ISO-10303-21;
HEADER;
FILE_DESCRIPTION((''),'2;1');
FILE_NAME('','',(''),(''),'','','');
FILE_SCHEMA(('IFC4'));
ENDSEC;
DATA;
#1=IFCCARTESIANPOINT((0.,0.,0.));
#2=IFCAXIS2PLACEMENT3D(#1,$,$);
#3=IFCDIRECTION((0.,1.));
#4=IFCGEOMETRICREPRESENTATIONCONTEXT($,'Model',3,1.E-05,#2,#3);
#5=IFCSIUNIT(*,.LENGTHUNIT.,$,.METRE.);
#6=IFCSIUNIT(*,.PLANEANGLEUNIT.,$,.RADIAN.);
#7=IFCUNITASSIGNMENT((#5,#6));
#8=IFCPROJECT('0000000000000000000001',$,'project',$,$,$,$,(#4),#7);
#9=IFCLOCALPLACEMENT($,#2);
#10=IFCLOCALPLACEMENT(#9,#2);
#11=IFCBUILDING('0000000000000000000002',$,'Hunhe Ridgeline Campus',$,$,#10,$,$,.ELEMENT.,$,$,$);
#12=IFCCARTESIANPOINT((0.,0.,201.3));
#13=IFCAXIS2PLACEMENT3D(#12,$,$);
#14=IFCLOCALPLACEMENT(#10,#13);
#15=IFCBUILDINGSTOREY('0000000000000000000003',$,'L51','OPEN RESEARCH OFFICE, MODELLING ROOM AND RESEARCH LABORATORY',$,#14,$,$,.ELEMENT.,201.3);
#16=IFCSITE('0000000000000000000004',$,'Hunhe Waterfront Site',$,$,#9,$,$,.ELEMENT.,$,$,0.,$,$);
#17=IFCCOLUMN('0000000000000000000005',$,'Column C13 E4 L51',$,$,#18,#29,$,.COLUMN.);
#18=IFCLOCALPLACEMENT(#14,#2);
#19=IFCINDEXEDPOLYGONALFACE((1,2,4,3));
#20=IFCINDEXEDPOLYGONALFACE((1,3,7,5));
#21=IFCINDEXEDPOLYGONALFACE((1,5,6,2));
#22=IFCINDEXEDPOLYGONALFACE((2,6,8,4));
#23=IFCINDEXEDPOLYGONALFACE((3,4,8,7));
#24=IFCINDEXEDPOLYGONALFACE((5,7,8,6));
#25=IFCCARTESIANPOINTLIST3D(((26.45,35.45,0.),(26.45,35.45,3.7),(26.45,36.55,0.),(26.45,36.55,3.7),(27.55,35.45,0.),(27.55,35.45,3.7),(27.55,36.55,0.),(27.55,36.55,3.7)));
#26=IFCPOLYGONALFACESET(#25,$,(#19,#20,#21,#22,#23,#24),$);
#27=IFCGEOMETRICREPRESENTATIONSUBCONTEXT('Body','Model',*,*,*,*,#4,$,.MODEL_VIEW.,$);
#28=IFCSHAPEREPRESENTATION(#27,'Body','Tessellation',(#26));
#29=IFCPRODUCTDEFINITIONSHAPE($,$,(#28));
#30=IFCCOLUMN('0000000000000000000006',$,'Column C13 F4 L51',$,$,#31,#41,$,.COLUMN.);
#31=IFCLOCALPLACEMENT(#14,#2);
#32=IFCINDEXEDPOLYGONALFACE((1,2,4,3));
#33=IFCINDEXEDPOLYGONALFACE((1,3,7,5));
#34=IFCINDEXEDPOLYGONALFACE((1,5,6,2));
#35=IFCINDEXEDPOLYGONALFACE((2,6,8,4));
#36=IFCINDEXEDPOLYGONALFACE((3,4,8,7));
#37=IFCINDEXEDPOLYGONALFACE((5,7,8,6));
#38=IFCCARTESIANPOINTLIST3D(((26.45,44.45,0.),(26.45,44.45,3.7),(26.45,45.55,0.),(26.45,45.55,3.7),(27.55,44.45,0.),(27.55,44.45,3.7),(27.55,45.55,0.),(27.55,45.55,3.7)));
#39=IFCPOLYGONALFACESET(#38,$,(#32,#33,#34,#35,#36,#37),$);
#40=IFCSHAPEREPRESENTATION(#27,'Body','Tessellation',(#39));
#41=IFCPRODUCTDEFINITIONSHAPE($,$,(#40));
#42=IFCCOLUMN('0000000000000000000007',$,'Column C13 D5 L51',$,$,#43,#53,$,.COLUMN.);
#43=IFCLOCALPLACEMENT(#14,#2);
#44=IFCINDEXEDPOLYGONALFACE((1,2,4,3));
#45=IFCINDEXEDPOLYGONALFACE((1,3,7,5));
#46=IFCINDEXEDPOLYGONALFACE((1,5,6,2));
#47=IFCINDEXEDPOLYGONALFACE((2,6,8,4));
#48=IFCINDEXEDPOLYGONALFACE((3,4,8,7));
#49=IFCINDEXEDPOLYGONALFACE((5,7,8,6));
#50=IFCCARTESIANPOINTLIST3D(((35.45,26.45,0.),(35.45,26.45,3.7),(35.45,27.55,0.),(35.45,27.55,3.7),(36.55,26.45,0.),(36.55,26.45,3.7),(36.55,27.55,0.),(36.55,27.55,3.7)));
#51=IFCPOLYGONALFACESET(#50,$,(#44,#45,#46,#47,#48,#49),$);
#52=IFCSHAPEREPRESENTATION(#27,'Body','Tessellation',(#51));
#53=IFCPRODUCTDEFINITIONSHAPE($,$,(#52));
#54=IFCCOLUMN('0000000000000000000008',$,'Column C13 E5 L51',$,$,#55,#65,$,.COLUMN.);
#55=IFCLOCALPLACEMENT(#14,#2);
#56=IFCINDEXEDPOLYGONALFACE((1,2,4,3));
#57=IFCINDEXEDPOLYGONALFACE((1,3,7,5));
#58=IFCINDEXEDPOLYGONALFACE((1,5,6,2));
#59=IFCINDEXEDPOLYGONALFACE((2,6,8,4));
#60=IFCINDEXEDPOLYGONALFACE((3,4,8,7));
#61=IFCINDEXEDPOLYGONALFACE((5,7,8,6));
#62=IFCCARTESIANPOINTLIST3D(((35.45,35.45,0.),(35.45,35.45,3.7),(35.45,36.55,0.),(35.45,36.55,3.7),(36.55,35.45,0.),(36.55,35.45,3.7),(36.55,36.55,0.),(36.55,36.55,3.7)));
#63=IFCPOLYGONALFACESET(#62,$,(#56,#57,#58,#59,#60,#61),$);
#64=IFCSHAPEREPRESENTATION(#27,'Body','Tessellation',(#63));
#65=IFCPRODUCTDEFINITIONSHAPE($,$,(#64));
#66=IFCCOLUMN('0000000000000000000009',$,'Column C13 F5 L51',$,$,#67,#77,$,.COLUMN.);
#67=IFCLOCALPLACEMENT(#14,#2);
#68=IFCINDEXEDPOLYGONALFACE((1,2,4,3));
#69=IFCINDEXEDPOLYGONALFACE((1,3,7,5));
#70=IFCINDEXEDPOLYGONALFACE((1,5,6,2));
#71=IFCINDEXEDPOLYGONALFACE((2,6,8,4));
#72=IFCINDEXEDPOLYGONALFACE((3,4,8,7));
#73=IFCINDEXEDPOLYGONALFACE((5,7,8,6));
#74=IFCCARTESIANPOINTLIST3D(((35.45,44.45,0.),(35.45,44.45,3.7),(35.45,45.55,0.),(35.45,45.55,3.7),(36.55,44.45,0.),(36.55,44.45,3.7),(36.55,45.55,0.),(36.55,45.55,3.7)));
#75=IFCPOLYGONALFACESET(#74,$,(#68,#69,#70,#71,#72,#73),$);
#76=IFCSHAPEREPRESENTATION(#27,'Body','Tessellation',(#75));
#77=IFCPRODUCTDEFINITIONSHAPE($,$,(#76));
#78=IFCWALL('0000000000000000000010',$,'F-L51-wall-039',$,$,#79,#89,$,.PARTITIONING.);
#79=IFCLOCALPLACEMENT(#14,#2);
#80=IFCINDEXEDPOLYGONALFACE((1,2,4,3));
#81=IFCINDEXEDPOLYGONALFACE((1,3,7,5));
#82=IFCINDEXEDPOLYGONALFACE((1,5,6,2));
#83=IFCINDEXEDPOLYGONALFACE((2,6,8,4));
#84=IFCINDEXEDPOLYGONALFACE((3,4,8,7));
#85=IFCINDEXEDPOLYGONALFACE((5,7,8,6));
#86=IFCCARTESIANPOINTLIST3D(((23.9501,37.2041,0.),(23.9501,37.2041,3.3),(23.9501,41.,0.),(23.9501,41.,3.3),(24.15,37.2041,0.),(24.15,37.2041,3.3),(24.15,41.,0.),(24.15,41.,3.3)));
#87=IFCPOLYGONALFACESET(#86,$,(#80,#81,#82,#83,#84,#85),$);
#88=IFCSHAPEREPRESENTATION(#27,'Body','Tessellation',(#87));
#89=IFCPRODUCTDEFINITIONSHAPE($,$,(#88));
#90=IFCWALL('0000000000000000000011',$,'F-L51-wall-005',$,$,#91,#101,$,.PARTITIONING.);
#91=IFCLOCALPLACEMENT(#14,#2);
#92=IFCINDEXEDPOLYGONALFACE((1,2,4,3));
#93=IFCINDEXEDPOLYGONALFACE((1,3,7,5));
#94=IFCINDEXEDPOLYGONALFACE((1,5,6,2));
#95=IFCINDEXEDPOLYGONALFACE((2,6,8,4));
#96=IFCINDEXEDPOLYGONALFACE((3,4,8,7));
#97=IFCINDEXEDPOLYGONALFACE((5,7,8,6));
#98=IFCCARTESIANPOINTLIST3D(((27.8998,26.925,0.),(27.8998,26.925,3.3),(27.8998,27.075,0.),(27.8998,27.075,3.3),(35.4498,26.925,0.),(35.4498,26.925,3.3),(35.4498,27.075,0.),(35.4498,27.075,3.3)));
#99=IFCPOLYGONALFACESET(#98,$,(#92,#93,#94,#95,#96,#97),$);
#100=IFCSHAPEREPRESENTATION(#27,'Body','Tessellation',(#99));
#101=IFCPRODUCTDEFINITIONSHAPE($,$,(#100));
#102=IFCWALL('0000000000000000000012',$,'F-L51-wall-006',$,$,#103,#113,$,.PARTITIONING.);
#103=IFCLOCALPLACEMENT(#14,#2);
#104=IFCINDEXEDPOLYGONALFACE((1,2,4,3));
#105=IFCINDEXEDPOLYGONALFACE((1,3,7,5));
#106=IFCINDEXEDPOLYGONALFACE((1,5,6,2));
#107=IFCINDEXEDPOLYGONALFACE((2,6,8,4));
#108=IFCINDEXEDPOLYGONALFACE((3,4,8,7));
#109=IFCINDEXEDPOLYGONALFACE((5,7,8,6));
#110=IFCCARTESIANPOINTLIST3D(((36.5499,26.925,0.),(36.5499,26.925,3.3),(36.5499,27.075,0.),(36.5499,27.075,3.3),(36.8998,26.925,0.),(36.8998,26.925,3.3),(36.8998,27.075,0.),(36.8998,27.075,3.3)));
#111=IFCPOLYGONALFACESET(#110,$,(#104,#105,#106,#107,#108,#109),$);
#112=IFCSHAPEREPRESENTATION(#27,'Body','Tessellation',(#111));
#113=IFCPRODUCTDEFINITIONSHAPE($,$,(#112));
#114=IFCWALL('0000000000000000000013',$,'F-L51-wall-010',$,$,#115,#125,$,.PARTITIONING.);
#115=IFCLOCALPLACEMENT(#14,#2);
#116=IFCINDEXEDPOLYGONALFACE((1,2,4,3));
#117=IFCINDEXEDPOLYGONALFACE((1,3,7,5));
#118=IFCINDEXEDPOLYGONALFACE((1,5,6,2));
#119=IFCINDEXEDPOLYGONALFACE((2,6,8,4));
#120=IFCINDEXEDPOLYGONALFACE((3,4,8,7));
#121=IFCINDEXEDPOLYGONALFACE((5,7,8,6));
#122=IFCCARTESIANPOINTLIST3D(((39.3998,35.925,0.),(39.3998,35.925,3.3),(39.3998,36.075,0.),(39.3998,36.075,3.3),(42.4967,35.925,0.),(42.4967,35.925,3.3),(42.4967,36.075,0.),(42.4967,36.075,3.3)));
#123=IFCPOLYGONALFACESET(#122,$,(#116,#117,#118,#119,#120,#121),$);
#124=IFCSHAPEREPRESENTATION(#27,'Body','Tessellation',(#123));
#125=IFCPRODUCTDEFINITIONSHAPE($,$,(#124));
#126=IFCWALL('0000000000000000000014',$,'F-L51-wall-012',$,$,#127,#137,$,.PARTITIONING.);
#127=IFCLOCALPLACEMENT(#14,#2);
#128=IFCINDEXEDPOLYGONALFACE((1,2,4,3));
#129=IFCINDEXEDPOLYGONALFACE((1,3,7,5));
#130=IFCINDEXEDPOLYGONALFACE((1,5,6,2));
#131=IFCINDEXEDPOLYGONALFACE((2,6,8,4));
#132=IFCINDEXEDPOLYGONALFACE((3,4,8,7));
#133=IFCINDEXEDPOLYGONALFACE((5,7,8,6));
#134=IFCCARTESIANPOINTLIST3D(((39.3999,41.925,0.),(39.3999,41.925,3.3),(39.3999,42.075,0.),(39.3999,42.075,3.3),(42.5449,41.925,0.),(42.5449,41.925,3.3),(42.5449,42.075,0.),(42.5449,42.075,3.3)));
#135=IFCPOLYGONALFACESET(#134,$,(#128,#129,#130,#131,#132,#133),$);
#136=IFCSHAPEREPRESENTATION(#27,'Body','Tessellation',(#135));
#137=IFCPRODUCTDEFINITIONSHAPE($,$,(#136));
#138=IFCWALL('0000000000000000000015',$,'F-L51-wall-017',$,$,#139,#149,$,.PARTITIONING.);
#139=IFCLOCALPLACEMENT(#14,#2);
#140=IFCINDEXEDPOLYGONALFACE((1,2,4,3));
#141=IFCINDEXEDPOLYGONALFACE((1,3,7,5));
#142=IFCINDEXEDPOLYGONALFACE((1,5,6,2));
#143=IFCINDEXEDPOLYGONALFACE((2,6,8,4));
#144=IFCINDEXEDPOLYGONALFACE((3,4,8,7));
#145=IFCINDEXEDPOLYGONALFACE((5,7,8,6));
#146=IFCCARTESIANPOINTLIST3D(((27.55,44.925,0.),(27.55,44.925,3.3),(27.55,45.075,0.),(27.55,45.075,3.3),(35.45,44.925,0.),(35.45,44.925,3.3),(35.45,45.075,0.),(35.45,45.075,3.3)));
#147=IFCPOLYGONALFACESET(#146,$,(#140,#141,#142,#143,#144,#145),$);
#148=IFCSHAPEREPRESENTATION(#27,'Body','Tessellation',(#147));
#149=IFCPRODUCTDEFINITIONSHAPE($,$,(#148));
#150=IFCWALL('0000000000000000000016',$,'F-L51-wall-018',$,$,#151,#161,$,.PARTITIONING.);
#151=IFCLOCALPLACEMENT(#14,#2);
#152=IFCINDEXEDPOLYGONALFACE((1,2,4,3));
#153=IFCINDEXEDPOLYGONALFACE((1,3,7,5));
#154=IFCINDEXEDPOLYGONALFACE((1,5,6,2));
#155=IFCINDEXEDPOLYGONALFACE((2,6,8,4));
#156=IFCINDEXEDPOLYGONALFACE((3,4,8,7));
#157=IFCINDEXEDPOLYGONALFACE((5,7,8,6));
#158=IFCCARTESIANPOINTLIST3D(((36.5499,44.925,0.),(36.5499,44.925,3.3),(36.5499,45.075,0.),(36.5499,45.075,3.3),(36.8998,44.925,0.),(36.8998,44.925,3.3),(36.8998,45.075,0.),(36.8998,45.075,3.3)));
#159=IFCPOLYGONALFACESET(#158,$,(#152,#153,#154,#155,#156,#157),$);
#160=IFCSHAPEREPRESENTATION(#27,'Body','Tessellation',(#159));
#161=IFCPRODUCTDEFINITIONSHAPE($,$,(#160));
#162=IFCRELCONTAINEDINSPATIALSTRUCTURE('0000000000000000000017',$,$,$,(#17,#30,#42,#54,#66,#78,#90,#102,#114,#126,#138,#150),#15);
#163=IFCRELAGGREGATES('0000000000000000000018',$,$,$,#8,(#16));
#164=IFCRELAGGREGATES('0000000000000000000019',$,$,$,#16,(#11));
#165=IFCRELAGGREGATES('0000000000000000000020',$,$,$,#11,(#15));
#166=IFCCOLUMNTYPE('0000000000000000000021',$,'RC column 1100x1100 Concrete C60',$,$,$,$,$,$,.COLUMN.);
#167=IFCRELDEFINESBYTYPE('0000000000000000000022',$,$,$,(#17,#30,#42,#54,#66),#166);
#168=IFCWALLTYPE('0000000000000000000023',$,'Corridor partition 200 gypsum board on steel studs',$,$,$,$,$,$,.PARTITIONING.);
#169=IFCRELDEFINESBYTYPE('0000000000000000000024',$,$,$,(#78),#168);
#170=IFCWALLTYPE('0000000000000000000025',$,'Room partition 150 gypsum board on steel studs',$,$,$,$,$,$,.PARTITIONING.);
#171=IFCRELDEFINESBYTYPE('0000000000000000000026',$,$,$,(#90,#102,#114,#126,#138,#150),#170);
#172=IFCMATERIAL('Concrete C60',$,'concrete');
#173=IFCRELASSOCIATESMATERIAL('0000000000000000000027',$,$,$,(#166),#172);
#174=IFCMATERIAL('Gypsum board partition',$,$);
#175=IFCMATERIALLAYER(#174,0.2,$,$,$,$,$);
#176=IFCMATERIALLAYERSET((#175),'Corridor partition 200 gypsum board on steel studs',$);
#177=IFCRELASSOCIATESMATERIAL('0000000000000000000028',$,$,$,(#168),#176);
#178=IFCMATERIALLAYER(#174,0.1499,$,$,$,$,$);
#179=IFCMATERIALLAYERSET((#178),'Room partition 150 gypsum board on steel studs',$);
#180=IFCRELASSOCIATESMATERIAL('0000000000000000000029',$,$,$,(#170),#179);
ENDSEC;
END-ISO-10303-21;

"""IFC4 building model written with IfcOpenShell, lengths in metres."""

from ifc_helpers import new_model, si_unit, direction, frame, frame_2d, origin, origin_2d, place, context, subcontext, project, spatial, rectangle, extrude, material, layer, layer_set, material_profile, profile_set, type_object, element, save


model = new_model("IFC4")

# Units and contexts
model_context = context("Model", 3, precision=1e-05, world=origin(), true_north=direction((0.0, 1.0)))
body_context = subcontext(model_context, "Body", "Model", "MODEL_VIEW")
ifc_project = project(units=[si_unit("LENGTHUNIT", "METRE"), si_unit("PLANEANGLEUNIT", "RADIAN")], contexts=[model_context])

# Site, building, storey
site_placement = place(None, origin())
site = spatial("IfcSite", under=ifc_project, at=site_placement, Name="Hunhe Waterfront Site", CompositionType="ELEMENT", RefElevation=0.0)
building_placement = place(site_placement, origin())
building = spatial("IfcBuilding", under=site, at=building_placement, Name="Hunhe Ridgeline Campus", CompositionType="ELEMENT")
storey_placement = place(building_placement, frame((0.0, 0.0, 201.3)))
storey = spatial("IfcBuildingStorey", under=building, at=storey_placement, Name="L51", Description="OPEN RESEARCH OFFICE, MODELLING ROOM AND RESEARCH LABORATORY", CompositionType="ELEMENT", Elevation=201.3)

# Columns
ifc_material_1 = material(Name="Concrete C60", Category="concrete")
ifc_material_profile = material_profile(ifc_material_1, rectangle(XDim=1.1001, YDim=1.1001, at=origin_2d()))
ifc_profile_set = profile_set([ifc_material_profile], Name="Concrete C60")
column_type = type_object("IfcColumnType", Name="RC column 1100x1100 Concrete C60", PredefinedType="COLUMN", material=ifc_profile_set)
for number, where, z_axis, x_axis, name in (
    (1, (27.0, 36.0, 0.0), (0.0, 0.0, 1.0), (1.0, 0.0, 0.0), "Column C13 E4 L51"),
    (2, (27.0, 45.0, 0.0), (0.0, 0.0, 1.0), (1.0, 0.0, 0.0), "Column C13 F4 L51"),
    (3, (36.0, 27.0, 0.0), (0.0, 0.0, 1.0), (1.0, 0.0, 0.0), "Column C13 D5 L51"),
    (4, (36.0, 36.0, 0.0), (0.0, 0.0, 1.0), (1.0, 0.0, 0.0), "Column C13 E5 L51"),
    (5, (36.0, 45.0, 0.0), (0.0, 0.0, 1.0), (1.0, 0.0, 0.0), "Column C13 F5 L51"),
):
    element("IfcColumn", number, at=place(storey_placement, frame(where, z_axis=z_axis, x_axis=x_axis)), inside=storey, type_object=column_type, Name=name, PredefinedType="COLUMN", context=body_context, shape_type="SweptSolid", body=[
        extrude(rectangle(XDim=1.1001, YDim=1.1001, at=origin_2d()), origin(), (0.0, 0.0, 1.0), 3.7),
    ])

# Shared definitions
ifc_material_2 = material(Name="Gypsum board partition")
ifc_layer_1 = layer(ifc_material_2, 0.2)
ifc_layer_set_1 = layer_set([ifc_layer_1], Name="Corridor partition 200 gypsum board on steel studs")
wall_type_1 = type_object("IfcWallType", Name="Corridor partition 200 gypsum board on steel studs", PredefinedType="PARTITIONING", material=ifc_layer_set_1)

# Wall
wall_1_placement = place(storey_placement, frame((24.05, 37.2041, 0.0), z_axis=(0.0, 0.0, 1.0), x_axis=(0.0, 1.0, 0.0)))
element("IfcWall", 6, at=wall_1_placement, inside=storey, type_object=wall_type_1, Name="F-L51-wall-039", PredefinedType="PARTITIONING", context=body_context, shape_type="SweptSolid", body=[
    extrude(rectangle(XDim=3.7959, YDim=0.2, at=frame_2d((1.8979, 0.0))), origin(), (0.0, 0.0, 1.0), 3.3),
])

# Walls
ifc_layer_2 = layer(ifc_material_2, 0.1499)
ifc_layer_set_2 = layer_set([ifc_layer_2], Name="Room partition 150 gypsum board on steel studs")
wall_type_2 = type_object("IfcWallType", Name="Room partition 150 gypsum board on steel studs", PredefinedType="PARTITIONING", material=ifc_layer_set_2)
wall_2_placement = place(storey_placement, frame((27.8999, 27.0, 0.0), z_axis=(0.0, 0.0, 1.0), x_axis=(1.0, 0.0, 0.0)))
element("IfcWall", 7, at=wall_2_placement, inside=storey, type_object=wall_type_2, Name="F-L51-wall-005", PredefinedType="PARTITIONING", context=body_context, shape_type="SweptSolid", body=[
    extrude(rectangle(XDim=7.55, YDim=0.1499, at=frame_2d((3.7749, 0.0))), origin(), (0.0, 0.0, 1.0), 3.3),
])
wall_3_placement = place(storey_placement, frame((36.55, 27.0, 0.0), z_axis=(0.0, 0.0, 1.0), x_axis=(1.0, 0.0, 0.0)))
element("IfcWall", 8, at=wall_3_placement, inside=storey, type_object=wall_type_2, Name="F-L51-wall-006", PredefinedType="PARTITIONING", context=body_context, shape_type="SweptSolid", body=[
    extrude(rectangle(XDim=0.3499, YDim=0.1499, at=frame_2d((0.1748, 0.0))), origin(), (0.0, 0.0, 1.0), 3.3),
])
wall_4_placement = place(storey_placement, frame((39.3999, 36.0, 0.0), z_axis=(0.0, 0.0, 1.0), x_axis=(1.0, 0.0, 0.0)))
element("IfcWall", 9, at=wall_4_placement, inside=storey, type_object=wall_type_2, Name="F-L51-wall-010", PredefinedType="PARTITIONING", context=body_context, shape_type="SweptSolid", body=[
    extrude(rectangle(XDim=3.0969, YDim=0.1499, at=frame_2d((1.5483, 0.0))), origin(), (0.0, 0.0, 1.0), 3.3),
])
wall_5_placement = place(storey_placement, frame((39.3999, 42.0, 0.0), z_axis=(0.0, 0.0, 1.0), x_axis=(1.0, 0.0, 0.0)))
element("IfcWall", 10, at=wall_5_placement, inside=storey, type_object=wall_type_2, Name="F-L51-wall-012", PredefinedType="PARTITIONING", context=body_context, shape_type="SweptSolid", body=[
    extrude(rectangle(XDim=3.145, YDim=0.1499, at=frame_2d((1.5725, 0.0))), origin(), (0.0, 0.0, 1.0), 3.3),
])
wall_6_placement = place(storey_placement, frame((27.55, 45.0, 0.0), z_axis=(0.0, 0.0, 1.0), x_axis=(1.0, 0.0, 0.0)))
element("IfcWall", 11, at=wall_6_placement, inside=storey, type_object=wall_type_2, Name="F-L51-wall-017", PredefinedType="PARTITIONING", context=body_context, shape_type="SweptSolid", body=[
    extrude(rectangle(XDim=7.8999, YDim=0.1499, at=frame_2d((3.95, 0.0))), origin(), (0.0, 0.0, 1.0), 3.3),
])
wall_7_placement = place(storey_placement, frame((36.55, 45.0, 0.0), z_axis=(0.0, 0.0, 1.0), x_axis=(1.0, 0.0, 0.0)))
element("IfcWall", 12, at=wall_7_placement, inside=storey, type_object=wall_type_2, Name="F-L51-wall-018", PredefinedType="PARTITIONING", context=body_context, shape_type="SweptSolid", body=[
    extrude(rectangle(XDim=0.3499, YDim=0.1499, at=frame_2d((0.1748, 0.0))), origin(), (0.0, 0.0, 1.0), 3.3),
])

save(model, "model.ifc")
